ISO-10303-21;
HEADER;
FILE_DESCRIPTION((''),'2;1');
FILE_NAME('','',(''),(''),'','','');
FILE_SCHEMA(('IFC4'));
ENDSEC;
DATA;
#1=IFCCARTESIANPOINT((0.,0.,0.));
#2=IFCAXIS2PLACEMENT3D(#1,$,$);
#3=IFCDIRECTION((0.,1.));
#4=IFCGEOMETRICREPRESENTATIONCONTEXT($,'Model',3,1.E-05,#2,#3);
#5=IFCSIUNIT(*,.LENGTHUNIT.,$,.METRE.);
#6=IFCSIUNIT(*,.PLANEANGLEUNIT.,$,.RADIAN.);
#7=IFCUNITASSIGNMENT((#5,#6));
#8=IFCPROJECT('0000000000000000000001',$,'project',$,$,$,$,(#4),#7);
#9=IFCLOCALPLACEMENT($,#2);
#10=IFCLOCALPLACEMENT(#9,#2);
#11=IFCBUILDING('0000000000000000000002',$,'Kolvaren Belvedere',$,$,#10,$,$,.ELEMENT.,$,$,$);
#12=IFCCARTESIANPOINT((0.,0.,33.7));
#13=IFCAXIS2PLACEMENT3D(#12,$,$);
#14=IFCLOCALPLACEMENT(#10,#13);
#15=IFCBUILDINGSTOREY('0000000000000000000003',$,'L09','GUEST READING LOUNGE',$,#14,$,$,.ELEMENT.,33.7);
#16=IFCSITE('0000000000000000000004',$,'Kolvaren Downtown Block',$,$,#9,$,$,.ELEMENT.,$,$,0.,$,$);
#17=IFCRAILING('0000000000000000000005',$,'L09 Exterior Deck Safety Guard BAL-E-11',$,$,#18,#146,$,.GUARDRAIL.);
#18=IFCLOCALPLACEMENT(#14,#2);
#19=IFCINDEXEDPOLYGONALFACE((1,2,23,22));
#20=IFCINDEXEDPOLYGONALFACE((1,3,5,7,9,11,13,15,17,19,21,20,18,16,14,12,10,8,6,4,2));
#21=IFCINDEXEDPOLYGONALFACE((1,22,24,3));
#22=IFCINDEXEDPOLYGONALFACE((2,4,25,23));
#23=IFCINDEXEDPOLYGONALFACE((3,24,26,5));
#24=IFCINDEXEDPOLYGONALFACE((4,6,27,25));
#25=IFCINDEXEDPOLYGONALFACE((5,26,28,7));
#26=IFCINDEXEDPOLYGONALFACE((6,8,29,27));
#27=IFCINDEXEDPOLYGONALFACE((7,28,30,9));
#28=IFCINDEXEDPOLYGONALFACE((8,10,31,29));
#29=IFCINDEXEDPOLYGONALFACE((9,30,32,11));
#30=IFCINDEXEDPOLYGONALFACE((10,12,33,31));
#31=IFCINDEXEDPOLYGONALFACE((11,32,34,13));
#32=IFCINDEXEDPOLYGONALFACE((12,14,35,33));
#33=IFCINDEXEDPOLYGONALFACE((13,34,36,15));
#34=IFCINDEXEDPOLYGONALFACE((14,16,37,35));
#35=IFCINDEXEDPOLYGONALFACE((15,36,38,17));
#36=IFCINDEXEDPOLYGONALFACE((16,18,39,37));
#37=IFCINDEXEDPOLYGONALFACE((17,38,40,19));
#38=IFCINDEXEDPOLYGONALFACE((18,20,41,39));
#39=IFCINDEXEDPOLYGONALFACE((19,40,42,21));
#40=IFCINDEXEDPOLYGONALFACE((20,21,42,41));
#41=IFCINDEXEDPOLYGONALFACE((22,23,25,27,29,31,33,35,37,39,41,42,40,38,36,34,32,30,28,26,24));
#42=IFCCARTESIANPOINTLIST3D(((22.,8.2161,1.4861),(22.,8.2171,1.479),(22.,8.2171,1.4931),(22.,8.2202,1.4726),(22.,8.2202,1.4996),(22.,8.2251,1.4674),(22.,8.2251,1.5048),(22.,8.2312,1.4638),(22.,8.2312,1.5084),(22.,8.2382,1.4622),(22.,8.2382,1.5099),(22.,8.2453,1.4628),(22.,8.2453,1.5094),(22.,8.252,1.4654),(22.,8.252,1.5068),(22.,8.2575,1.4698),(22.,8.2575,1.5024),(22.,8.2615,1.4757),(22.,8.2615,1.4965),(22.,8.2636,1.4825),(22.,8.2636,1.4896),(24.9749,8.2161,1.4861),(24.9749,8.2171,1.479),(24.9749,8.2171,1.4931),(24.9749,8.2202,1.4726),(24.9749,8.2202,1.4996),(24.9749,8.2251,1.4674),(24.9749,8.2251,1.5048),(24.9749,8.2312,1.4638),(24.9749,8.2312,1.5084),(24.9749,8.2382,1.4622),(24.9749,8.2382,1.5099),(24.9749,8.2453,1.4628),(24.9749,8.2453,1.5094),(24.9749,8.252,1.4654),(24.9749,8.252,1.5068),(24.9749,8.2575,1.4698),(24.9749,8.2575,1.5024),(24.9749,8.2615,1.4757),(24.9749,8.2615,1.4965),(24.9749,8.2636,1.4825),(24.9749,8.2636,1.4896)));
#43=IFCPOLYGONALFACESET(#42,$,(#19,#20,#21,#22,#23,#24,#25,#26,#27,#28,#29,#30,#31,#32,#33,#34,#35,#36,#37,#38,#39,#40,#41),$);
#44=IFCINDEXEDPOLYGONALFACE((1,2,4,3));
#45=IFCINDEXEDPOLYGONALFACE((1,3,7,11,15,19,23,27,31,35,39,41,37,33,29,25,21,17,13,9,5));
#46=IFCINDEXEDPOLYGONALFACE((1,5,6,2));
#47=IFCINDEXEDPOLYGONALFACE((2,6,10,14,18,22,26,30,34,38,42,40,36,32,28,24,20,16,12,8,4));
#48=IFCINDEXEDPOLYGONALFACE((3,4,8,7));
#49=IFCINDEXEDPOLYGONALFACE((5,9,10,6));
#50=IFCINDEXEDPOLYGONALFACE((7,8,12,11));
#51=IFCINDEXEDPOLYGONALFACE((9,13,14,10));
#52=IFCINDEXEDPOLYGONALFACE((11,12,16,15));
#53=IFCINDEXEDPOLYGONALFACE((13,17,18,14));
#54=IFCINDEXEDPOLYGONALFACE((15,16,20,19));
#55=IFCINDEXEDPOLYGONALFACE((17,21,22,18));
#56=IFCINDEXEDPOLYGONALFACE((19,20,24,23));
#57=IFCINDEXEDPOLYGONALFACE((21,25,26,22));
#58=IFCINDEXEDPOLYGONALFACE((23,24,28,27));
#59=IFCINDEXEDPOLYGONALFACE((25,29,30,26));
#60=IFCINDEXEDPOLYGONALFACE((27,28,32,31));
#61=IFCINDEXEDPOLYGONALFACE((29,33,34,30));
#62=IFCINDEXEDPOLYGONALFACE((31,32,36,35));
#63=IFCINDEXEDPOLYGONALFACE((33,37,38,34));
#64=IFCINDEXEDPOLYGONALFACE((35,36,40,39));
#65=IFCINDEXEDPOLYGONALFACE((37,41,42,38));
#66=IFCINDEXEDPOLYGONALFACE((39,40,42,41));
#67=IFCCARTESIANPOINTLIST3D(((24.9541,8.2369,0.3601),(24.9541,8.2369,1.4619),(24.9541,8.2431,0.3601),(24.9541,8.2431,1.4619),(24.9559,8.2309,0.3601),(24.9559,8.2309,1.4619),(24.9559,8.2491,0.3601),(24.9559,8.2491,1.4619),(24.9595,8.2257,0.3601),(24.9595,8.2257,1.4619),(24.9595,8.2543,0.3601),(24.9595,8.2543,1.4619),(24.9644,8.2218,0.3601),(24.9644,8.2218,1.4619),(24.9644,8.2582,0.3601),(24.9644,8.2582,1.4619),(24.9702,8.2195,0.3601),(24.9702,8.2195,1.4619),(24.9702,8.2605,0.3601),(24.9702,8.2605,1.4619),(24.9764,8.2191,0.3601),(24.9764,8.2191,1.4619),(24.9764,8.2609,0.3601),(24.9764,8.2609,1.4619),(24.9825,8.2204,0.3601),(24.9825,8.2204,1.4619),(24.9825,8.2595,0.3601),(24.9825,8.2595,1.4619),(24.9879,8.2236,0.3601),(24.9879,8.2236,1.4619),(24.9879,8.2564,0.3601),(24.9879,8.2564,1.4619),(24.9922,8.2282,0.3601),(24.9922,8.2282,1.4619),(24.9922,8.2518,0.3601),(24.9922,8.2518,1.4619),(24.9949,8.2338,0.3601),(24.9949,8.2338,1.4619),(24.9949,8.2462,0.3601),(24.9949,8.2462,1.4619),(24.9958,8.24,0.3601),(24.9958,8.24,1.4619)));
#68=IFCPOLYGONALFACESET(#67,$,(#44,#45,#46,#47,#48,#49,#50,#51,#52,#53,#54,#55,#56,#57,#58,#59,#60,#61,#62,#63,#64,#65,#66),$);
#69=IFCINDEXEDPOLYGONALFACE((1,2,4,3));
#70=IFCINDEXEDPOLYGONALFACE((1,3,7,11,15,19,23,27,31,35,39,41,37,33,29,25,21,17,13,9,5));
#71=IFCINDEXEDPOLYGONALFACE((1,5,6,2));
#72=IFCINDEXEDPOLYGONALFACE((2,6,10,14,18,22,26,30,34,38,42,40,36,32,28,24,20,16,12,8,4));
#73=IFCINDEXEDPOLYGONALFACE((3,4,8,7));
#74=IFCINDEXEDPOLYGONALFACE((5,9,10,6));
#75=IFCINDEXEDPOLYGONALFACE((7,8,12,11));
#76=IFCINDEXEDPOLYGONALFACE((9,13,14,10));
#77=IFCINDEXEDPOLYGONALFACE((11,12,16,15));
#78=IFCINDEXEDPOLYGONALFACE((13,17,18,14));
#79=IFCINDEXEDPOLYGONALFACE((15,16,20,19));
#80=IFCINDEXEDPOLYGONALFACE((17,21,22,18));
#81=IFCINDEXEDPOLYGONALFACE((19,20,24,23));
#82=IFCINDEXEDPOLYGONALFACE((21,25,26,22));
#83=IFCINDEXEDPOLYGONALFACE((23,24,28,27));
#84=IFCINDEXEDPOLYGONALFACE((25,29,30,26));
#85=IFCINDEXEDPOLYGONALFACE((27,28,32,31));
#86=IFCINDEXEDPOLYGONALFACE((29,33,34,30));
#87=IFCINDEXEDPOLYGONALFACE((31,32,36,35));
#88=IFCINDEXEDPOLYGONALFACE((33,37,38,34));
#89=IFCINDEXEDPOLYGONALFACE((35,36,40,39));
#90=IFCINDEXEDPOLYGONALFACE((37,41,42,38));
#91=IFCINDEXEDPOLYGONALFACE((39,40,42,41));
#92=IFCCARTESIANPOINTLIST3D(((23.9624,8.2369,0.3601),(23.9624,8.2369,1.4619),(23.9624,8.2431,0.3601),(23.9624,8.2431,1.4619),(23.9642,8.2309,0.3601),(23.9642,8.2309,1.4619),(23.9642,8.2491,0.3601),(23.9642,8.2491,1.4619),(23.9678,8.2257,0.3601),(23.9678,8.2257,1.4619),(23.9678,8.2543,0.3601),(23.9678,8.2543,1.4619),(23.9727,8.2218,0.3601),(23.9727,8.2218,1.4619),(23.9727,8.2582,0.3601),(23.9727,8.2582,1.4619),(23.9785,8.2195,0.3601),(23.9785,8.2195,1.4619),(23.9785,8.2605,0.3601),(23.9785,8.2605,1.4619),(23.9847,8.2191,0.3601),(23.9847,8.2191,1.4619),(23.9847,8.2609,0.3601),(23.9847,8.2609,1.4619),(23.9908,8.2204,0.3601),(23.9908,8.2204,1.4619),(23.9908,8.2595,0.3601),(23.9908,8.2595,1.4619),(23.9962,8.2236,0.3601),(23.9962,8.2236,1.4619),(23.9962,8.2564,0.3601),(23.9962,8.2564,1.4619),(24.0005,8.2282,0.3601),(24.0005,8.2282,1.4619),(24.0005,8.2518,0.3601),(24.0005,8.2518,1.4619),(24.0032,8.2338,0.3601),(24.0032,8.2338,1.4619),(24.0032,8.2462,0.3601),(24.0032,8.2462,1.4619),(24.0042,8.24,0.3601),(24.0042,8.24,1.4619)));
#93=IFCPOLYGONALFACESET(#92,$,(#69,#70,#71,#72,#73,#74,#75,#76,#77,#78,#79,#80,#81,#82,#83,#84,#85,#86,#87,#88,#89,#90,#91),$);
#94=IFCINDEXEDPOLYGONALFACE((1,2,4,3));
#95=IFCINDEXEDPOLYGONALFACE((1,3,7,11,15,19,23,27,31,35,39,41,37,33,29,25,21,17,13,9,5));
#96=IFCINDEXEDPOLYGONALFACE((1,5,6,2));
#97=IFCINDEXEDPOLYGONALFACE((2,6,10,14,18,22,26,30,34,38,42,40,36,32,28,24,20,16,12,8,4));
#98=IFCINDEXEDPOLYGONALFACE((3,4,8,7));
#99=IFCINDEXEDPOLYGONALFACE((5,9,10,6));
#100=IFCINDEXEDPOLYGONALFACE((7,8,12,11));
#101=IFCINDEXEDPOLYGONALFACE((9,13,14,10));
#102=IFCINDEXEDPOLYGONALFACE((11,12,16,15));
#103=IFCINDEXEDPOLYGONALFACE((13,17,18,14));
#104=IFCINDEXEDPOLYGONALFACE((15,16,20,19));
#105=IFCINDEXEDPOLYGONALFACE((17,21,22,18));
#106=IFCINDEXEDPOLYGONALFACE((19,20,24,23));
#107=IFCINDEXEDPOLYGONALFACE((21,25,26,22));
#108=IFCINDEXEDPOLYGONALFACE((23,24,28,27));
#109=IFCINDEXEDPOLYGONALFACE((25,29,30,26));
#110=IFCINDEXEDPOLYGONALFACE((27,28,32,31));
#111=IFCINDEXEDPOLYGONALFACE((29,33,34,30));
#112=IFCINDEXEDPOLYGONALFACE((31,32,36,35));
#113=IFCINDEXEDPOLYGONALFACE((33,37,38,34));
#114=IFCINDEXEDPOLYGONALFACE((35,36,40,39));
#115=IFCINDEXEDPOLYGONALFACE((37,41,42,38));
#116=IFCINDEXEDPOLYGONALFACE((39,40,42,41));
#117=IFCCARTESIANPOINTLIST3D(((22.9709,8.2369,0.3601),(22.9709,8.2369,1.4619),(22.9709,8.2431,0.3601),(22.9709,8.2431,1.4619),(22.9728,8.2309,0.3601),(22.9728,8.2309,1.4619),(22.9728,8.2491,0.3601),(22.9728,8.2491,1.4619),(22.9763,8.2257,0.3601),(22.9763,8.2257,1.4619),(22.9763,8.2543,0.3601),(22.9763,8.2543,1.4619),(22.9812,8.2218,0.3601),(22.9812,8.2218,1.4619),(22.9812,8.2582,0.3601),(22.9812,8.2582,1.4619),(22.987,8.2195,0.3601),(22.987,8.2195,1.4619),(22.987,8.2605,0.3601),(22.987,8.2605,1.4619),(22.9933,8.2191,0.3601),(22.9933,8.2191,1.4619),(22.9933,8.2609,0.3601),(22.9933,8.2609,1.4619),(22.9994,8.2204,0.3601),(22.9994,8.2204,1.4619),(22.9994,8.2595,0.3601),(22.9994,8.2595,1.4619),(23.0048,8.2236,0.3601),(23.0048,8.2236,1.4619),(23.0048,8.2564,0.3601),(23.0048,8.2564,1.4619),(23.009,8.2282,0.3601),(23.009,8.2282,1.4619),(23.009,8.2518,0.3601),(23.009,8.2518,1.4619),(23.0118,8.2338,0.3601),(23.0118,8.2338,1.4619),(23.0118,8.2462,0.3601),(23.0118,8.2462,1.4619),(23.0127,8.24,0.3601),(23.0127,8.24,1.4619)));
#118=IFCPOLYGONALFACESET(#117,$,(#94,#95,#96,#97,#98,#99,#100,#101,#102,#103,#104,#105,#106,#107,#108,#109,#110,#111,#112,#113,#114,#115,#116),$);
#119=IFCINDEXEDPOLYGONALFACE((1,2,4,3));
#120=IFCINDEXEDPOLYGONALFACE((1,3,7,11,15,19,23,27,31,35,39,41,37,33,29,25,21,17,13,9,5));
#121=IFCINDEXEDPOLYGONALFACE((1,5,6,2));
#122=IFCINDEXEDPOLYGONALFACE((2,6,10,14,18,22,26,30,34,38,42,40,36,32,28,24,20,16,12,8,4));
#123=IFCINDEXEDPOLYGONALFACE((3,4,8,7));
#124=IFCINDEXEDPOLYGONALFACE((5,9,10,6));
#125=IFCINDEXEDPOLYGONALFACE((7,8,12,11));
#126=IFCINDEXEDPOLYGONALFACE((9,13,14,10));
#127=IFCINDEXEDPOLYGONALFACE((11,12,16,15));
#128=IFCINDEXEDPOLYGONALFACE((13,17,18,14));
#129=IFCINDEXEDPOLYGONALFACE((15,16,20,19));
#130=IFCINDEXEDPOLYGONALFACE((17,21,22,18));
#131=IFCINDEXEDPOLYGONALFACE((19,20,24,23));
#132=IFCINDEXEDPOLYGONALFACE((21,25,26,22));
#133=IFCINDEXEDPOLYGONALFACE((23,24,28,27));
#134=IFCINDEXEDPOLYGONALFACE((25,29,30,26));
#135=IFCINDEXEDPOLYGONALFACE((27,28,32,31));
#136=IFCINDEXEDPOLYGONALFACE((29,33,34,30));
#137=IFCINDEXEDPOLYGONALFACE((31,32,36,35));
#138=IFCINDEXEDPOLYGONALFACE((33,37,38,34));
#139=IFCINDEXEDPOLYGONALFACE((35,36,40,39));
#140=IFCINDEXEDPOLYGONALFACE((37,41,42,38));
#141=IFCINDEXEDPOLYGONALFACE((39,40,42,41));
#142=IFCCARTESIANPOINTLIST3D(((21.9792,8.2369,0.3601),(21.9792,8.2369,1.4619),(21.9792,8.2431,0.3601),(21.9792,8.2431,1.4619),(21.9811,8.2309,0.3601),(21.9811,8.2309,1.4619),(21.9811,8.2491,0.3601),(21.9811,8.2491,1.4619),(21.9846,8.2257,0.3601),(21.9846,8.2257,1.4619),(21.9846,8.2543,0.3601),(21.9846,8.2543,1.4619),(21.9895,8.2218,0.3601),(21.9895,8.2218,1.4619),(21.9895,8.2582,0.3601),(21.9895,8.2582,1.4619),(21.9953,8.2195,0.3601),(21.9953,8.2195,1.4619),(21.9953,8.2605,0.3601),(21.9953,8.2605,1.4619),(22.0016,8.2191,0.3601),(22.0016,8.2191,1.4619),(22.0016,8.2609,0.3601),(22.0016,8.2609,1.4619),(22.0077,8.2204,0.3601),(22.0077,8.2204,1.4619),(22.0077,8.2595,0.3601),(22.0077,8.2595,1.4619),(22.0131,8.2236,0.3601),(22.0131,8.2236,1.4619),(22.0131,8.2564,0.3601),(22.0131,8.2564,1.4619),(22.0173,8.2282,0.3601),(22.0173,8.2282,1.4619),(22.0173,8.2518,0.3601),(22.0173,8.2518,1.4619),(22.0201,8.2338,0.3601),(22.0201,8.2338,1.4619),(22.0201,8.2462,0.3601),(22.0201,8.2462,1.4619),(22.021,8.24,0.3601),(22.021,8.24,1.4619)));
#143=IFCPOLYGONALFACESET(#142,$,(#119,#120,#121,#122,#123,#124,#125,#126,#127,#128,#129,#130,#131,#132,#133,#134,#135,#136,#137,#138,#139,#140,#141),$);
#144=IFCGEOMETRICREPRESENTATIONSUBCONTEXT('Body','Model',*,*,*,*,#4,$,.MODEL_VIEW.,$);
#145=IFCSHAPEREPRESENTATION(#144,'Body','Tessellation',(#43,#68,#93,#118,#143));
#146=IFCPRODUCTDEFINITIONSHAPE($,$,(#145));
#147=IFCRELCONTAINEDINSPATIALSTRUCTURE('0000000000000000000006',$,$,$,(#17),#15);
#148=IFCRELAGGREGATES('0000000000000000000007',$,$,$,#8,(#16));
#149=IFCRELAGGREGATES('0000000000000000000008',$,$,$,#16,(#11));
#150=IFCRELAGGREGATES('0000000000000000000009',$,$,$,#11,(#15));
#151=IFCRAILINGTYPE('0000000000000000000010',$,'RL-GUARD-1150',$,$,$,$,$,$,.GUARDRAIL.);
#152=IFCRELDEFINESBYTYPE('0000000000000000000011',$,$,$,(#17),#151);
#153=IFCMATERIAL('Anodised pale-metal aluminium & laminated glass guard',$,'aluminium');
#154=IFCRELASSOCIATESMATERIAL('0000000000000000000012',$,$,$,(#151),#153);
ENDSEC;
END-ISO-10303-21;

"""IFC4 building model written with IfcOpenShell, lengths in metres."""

from ifc_helpers import new_model, si_unit, direction, frame, origin, origin_2d, place, context, subcontext, project, spatial, circle, extrude, material, type_object, element, save


model = new_model("IFC4")

# Units and contexts
model_context = context("Model", 3, precision=1e-05, world=origin(), true_north=direction((0.0, 1.0)))
body_context = subcontext(model_context, "Body", "Model", "MODEL_VIEW")
ifc_project = project(units=[si_unit("LENGTHUNIT", "METRE"), si_unit("PLANEANGLEUNIT", "RADIAN")], contexts=[model_context])

# Site, building, storey
site_placement = place(None, origin())
site = spatial("IfcSite", under=ifc_project, at=site_placement, Name="Kolvaren Downtown Block", CompositionType="ELEMENT", RefElevation=0.0)
building_placement = place(site_placement, origin())
building = spatial("IfcBuilding", under=site, at=building_placement, Name="Kolvaren Belvedere", CompositionType="ELEMENT")
storey_placement = place(building_placement, frame((0.0, 0.0, 33.7)))
storey = spatial("IfcBuildingStorey", under=building, at=storey_placement, Name="L09", Description="GUEST READING LOUNGE", CompositionType="ELEMENT", Elevation=33.7)

# Railing
ifc_material_1 = material(Name="Anodised pale-metal aluminium & laminated glass guard", Category="aluminium")
railing_type = type_object("IfcRailingType", Name="RL-GUARD-1150", PredefinedType="GUARDRAIL", material=ifc_material_1)
railing_placement = place(storey_placement, frame((24.9749, 8.24, 0.3601)))
element("IfcRailing", 1, at=railing_placement, inside=storey, type_object=railing_type, Name="L09 Exterior Deck Safety Guard BAL-E-11", PredefinedType="GUARDRAIL", context=body_context, shape_type="SweptSolid", body=[
    extrude(circle(Radius=0.0239, at=origin_2d()), frame((0.0, 0.0, 1.126), z_axis=(-1.0, 0.0, 0.0), x_axis=(0.0, -1.0, 0.0)), (0.0, 0.0, 1.0), 2.9749),
    extrude(circle(Radius=0.021, at=origin_2d()), origin(), (0.0, 0.0, 1.0), 1.1018),
    extrude(circle(Radius=0.021, at=origin_2d()), frame((-0.9917, 0.0, 0.0)), (0.0, 0.0, 1.0), 1.1018),
    extrude(circle(Radius=0.021, at=origin_2d()), frame((-1.9832, 0.0, 0.0)), (0.0, 0.0, 1.0), 1.1018),
    extrude(circle(Radius=0.021, at=origin_2d()), frame((-2.9749, 0.0, 0.0)), (0.0, 0.0, 1.0), 1.1018),
])

save(model, "model.ifc")
